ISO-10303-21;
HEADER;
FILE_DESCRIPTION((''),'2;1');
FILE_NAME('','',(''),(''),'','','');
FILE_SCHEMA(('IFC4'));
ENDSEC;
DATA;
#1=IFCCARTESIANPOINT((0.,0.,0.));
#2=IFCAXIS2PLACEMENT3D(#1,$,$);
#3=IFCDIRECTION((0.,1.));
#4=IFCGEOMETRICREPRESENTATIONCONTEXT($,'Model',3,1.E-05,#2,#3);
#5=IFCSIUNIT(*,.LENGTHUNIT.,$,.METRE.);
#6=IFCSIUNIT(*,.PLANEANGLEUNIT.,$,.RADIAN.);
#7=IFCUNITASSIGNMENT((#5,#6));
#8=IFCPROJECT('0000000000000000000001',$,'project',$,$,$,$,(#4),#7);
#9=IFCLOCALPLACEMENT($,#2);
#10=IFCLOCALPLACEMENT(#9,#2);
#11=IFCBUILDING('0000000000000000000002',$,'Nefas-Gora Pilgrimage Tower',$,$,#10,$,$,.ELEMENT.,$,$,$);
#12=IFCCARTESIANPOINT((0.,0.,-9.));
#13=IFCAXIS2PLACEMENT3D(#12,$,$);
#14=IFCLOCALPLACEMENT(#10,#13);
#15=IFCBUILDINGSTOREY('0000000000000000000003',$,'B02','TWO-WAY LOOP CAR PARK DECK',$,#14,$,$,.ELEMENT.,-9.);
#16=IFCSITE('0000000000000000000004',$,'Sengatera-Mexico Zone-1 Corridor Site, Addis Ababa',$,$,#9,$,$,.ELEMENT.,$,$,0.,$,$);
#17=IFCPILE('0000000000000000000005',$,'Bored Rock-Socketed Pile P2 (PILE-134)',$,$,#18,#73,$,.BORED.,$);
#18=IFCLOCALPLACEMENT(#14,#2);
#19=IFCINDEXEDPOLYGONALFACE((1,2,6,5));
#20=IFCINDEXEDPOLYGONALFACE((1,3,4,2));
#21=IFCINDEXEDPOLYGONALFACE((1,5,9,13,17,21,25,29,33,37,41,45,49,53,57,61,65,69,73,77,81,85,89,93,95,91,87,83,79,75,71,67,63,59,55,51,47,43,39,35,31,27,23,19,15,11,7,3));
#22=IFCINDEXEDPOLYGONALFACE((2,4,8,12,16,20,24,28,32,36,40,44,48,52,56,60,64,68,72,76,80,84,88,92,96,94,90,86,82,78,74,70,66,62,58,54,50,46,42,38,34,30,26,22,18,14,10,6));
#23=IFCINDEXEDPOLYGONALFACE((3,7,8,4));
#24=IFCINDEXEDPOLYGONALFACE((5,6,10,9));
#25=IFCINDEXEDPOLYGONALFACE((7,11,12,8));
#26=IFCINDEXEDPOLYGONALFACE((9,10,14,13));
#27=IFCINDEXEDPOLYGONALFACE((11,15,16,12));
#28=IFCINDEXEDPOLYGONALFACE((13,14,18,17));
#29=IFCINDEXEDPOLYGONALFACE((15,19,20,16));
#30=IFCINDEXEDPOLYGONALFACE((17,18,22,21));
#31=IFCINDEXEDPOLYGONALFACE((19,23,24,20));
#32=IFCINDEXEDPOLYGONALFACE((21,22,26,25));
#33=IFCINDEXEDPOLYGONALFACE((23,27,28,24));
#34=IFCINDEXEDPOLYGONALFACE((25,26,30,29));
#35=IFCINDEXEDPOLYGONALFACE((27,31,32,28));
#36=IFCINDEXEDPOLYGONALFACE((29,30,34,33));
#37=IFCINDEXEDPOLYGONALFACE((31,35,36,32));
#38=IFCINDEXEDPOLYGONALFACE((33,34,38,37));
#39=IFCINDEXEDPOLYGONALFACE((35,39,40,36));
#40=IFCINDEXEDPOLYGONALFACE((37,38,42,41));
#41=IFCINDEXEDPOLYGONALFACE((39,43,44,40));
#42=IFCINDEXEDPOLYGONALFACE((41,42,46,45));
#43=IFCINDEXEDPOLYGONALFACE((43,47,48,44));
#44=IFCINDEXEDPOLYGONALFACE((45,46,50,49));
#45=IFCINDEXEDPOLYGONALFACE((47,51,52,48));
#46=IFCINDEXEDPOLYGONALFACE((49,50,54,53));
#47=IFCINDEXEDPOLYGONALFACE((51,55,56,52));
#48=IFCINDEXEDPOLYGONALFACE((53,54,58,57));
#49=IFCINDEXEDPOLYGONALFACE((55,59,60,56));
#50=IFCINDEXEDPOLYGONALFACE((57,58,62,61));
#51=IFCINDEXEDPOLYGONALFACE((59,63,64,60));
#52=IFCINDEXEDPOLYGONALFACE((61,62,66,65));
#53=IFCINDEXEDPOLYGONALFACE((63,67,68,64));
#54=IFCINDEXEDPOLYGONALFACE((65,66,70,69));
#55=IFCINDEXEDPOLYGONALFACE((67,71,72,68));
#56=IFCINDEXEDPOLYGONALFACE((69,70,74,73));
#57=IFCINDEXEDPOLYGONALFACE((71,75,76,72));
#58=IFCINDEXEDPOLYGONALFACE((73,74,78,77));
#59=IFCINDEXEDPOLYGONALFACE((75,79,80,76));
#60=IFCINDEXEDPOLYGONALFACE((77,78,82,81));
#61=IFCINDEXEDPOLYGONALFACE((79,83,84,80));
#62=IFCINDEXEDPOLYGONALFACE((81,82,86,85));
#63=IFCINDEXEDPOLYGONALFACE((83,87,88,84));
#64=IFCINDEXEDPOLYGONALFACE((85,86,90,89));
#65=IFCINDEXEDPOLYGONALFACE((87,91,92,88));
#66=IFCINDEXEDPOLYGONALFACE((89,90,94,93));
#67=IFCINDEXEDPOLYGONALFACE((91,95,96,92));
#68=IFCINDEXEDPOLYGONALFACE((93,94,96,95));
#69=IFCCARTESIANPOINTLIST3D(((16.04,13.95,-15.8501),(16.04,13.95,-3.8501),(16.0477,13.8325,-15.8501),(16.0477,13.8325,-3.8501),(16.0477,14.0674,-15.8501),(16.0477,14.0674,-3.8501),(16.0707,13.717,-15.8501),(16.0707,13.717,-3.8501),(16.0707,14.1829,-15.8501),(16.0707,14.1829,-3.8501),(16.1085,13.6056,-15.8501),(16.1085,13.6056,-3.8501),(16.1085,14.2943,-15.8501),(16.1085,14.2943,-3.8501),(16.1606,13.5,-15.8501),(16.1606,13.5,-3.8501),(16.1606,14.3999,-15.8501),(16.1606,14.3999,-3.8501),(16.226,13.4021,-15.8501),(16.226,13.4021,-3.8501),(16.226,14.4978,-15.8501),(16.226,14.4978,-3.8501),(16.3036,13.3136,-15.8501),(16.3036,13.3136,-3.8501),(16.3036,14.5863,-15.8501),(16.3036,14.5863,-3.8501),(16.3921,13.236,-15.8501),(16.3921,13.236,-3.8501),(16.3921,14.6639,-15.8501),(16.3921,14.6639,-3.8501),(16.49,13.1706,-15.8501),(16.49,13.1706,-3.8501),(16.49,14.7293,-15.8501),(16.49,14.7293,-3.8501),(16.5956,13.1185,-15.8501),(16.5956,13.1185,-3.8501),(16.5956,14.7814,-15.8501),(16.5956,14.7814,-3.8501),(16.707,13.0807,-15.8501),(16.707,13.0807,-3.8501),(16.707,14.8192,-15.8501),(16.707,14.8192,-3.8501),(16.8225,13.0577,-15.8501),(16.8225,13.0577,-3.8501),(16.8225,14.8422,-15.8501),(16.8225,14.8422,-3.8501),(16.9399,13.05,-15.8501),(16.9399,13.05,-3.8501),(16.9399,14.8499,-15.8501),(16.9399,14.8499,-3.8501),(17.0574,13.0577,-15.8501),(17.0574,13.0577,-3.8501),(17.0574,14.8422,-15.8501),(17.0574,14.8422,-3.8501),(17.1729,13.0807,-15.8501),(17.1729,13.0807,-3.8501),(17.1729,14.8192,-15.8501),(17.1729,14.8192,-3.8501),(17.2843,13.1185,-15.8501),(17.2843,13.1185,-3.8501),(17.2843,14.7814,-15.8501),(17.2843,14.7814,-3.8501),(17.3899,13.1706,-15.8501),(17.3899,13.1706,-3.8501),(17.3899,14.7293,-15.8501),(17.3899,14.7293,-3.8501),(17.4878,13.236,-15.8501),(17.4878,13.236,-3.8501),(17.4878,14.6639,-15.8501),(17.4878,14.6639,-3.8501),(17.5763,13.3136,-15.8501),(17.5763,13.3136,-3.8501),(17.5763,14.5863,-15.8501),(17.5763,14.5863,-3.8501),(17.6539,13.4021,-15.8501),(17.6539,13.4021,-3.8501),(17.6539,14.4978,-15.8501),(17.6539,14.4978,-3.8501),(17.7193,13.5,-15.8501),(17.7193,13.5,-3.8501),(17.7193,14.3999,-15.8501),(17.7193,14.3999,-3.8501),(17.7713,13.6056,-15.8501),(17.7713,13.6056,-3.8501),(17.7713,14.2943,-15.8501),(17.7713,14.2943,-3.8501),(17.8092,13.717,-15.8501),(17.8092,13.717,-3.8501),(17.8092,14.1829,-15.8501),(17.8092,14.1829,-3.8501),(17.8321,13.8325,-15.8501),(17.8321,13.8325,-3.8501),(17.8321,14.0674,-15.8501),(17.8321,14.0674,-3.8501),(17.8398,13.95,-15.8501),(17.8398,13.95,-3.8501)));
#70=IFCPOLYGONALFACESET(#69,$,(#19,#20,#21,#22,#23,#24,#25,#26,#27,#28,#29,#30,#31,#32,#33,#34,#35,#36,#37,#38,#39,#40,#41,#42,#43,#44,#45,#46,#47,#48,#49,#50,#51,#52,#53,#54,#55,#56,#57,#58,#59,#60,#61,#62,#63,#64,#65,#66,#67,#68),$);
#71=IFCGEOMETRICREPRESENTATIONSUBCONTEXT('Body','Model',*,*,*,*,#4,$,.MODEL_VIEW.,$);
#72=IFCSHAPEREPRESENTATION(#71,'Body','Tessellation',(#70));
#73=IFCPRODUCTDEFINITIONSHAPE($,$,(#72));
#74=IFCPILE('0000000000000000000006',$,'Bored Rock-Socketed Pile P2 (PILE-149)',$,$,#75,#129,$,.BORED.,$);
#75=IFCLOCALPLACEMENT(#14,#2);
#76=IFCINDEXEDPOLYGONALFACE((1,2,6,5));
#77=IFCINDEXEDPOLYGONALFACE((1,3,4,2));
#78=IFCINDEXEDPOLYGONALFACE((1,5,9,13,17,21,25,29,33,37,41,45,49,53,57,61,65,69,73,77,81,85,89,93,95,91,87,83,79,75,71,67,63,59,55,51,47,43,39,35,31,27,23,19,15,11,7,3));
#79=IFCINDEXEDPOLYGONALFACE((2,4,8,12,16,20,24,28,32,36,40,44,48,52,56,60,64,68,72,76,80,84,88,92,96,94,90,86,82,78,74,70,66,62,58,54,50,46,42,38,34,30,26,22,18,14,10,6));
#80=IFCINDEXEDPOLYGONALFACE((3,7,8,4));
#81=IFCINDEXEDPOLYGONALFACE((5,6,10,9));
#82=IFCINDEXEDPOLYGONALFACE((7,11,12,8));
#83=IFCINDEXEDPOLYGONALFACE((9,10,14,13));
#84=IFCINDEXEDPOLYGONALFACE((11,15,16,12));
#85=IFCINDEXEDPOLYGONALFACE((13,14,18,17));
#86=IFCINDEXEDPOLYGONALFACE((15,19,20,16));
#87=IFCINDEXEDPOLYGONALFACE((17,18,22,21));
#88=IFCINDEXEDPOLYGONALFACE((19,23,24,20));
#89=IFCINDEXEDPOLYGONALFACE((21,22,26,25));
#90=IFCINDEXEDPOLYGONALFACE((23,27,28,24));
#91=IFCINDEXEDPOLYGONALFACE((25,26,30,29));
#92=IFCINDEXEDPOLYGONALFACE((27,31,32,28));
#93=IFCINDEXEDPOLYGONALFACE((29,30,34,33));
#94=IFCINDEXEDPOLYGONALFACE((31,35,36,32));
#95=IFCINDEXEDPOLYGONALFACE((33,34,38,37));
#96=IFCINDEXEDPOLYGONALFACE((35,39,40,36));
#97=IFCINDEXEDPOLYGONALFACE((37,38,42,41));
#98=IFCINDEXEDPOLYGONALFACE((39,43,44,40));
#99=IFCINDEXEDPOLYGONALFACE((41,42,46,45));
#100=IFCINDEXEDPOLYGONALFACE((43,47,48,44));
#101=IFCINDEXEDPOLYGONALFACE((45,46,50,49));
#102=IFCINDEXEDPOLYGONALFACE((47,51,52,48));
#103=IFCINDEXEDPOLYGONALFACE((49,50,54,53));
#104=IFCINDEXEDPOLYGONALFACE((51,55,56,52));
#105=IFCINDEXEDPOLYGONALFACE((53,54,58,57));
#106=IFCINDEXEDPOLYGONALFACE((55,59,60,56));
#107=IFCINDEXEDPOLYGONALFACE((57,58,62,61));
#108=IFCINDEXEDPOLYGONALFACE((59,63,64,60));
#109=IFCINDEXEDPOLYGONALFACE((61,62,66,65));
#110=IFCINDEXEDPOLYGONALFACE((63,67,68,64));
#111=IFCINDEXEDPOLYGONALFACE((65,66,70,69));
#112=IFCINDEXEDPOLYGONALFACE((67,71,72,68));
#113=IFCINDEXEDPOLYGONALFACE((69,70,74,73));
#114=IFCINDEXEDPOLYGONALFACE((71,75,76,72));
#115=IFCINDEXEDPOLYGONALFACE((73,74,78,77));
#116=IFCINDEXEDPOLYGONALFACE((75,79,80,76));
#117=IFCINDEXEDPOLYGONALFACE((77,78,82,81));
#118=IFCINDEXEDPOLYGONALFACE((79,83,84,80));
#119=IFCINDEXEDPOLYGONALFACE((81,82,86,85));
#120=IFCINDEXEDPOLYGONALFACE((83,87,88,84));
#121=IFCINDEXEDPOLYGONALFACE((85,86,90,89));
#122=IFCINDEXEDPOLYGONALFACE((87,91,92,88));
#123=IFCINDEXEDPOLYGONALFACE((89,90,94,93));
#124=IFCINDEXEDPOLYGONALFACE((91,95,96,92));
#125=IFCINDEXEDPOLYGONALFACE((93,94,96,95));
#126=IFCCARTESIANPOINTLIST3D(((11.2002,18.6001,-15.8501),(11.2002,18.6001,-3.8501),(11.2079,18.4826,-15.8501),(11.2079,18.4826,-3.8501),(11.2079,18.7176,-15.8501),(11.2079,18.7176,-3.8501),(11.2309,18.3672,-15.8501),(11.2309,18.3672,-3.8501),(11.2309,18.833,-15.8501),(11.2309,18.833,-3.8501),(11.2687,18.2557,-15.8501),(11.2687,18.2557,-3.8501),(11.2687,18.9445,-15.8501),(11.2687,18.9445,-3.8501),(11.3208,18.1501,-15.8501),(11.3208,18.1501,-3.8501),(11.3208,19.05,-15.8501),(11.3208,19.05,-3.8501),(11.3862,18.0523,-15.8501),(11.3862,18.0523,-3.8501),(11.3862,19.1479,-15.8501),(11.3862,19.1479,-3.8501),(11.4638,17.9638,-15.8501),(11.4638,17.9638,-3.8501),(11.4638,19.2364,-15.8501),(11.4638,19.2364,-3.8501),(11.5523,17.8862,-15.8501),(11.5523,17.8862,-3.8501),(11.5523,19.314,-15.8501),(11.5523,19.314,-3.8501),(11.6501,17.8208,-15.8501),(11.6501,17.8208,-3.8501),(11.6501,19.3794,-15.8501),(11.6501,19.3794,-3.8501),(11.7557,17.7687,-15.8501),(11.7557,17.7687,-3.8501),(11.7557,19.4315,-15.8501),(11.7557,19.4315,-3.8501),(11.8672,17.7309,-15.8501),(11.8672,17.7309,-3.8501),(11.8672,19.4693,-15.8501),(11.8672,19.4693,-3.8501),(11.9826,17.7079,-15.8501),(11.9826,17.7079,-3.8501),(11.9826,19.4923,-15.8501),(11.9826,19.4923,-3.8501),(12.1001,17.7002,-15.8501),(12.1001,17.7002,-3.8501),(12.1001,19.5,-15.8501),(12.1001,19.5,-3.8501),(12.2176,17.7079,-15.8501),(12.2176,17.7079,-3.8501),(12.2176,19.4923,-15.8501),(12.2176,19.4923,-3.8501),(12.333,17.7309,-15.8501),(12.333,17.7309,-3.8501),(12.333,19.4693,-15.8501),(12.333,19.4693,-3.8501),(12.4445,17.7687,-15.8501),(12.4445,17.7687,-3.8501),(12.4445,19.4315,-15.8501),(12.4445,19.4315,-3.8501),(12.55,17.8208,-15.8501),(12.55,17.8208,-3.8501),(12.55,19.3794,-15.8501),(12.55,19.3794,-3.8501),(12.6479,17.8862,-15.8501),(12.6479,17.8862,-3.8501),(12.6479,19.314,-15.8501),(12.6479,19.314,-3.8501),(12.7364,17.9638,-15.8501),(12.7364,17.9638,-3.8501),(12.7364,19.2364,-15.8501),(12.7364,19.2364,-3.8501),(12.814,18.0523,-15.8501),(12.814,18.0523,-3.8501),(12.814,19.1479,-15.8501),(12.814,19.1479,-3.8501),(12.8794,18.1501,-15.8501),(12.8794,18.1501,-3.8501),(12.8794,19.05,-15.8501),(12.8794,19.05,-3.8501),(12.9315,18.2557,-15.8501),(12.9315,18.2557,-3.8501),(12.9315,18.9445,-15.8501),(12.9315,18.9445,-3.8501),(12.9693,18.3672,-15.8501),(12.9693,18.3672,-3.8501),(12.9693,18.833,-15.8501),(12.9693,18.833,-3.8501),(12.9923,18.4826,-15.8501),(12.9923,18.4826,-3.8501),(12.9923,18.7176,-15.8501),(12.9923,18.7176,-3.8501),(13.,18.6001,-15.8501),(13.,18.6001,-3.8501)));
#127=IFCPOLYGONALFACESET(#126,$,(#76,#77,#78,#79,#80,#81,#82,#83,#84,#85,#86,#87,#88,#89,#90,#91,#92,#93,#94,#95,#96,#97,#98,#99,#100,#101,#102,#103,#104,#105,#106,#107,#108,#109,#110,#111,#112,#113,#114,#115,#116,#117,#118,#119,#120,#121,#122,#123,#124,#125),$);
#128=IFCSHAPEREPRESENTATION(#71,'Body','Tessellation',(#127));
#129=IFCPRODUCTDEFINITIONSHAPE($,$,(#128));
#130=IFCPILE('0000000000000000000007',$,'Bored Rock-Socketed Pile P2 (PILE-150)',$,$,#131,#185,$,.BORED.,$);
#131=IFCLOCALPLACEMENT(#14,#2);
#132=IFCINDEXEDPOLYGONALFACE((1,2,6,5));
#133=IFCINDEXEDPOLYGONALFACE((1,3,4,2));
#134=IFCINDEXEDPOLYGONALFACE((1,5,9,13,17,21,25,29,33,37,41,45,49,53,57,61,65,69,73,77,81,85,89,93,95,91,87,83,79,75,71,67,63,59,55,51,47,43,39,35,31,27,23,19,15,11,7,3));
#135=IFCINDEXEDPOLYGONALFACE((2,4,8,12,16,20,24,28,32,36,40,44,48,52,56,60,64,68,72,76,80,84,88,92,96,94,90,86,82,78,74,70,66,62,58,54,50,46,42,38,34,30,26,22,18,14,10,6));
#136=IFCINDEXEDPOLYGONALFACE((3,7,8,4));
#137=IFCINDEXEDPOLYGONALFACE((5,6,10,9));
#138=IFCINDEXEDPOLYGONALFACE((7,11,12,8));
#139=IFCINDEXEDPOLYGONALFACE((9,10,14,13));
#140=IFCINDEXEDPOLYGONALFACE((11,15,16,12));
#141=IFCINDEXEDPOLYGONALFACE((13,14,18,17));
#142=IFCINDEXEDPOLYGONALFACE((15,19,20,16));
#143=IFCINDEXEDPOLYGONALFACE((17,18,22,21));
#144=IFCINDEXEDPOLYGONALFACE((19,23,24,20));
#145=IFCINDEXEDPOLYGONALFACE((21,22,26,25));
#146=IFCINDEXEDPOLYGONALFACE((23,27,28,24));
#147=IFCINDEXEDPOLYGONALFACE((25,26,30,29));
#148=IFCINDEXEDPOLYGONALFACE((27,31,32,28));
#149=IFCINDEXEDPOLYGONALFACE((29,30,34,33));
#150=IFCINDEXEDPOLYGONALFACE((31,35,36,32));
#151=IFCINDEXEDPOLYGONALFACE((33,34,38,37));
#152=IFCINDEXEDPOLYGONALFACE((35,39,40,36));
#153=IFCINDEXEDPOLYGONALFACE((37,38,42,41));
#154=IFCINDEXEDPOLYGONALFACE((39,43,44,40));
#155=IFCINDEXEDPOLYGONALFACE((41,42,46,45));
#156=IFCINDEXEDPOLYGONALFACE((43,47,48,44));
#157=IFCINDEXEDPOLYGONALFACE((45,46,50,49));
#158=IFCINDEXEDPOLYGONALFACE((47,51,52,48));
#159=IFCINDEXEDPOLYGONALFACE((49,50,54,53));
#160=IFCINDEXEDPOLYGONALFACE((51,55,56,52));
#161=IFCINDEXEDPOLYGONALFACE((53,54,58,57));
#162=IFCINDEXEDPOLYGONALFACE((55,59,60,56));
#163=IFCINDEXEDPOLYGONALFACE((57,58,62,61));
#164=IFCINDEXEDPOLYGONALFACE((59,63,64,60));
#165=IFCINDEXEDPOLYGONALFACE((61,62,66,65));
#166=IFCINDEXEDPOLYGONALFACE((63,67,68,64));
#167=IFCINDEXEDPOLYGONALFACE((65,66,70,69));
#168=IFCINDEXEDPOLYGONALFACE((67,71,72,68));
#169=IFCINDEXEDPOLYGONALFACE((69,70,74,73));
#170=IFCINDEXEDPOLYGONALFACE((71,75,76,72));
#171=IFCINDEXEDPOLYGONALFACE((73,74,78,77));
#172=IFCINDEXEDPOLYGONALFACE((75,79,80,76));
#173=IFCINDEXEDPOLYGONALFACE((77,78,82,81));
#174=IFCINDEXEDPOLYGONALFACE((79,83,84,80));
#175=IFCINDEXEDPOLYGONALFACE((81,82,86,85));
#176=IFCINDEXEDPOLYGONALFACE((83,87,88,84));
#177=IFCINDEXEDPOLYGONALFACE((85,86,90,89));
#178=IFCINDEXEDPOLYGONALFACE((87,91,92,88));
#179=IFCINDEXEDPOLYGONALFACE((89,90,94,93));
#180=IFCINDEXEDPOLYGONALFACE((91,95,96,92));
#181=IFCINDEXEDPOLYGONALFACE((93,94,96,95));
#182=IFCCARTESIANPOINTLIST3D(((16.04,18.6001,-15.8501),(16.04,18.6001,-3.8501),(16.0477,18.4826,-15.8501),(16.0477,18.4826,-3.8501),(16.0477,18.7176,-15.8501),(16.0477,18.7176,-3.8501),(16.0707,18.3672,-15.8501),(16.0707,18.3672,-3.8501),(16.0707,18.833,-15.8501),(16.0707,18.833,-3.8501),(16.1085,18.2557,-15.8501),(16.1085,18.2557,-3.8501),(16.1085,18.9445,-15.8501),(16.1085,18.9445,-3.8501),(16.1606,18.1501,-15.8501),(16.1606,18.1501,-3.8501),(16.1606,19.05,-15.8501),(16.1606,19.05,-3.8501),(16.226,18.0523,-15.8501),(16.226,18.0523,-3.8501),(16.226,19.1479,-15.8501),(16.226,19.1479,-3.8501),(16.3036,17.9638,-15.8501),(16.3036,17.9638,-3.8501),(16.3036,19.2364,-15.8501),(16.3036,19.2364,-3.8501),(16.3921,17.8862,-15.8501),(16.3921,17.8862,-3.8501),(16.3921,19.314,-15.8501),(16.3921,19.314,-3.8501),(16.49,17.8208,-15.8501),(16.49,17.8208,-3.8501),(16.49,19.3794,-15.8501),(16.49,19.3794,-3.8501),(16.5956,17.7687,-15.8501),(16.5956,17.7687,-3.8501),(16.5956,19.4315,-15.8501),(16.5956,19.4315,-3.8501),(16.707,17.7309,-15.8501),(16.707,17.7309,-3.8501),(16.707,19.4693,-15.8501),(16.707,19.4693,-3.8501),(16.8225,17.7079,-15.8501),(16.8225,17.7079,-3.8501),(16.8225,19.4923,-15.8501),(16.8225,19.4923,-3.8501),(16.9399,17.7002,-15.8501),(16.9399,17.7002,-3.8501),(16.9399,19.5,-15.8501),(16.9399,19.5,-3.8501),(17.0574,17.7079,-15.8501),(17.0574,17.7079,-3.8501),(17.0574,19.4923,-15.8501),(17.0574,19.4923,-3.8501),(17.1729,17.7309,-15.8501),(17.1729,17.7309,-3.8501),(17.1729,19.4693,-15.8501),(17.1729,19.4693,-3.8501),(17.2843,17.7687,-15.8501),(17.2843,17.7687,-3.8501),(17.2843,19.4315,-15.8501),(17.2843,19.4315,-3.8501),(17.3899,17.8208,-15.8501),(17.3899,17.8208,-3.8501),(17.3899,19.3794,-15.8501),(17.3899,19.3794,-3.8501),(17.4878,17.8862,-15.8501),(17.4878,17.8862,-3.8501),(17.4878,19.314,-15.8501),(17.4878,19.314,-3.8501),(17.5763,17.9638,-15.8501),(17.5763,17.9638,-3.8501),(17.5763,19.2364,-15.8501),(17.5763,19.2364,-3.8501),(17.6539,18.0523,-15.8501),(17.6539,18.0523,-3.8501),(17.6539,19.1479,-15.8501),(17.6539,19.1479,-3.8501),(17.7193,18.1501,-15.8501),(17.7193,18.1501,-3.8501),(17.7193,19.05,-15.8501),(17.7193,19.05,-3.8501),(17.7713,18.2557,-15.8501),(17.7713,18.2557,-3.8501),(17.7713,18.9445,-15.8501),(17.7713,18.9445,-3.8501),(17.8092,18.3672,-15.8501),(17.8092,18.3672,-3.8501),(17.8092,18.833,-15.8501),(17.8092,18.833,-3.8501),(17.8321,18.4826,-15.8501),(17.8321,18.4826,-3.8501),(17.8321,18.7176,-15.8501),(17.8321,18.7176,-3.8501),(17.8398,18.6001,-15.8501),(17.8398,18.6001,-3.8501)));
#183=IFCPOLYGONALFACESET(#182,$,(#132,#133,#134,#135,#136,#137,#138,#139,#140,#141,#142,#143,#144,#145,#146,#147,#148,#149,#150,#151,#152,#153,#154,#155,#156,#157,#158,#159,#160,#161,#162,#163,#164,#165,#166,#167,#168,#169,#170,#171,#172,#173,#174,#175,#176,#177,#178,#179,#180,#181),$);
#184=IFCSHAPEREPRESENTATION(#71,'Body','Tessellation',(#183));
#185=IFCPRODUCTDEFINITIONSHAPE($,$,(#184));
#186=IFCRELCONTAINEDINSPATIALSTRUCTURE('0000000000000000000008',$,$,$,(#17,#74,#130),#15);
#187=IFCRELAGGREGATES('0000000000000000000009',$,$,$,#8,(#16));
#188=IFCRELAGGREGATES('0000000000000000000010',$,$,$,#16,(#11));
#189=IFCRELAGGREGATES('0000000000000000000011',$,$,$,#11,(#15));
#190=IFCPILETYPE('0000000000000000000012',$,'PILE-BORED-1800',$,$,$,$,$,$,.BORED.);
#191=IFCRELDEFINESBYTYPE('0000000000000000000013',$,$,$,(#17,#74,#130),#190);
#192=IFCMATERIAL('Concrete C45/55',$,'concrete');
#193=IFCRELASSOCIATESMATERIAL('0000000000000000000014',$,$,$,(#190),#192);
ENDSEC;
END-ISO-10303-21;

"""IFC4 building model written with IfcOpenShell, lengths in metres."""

from ifc_helpers import new_model, si_unit, direction, frame, origin, origin_2d, place, context, subcontext, project, spatial, circle, extrude, source, transform, mapped, material, material_profile, profile_set, type_object, element, save


model = new_model("IFC4")

# Units and contexts
model_context = context("Model", 3, precision=1e-05, world=origin(), true_north=direction((0.0, 1.0)))
body_context = subcontext(model_context, "Body", "Model", "MODEL_VIEW")
ifc_project = project(units=[si_unit("LENGTHUNIT", "METRE"), si_unit("PLANEANGLEUNIT", "RADIAN")], contexts=[model_context])

# Site, building, storey
site_placement = place(None, origin())
site = spatial("IfcSite", under=ifc_project, at=site_placement, Name="Sengatera-Mexico Zone-1 Corridor Site, Addis Ababa", CompositionType="ELEMENT", RefElevation=0.0)
building_placement = place(site_placement, origin())
building = spatial("IfcBuilding", under=site, at=building_placement, Name="Nefas-Gora Pilgrimage Tower", CompositionType="ELEMENT")
storey_placement = place(building_placement, frame((0.0, 0.0, -9.0)))
storey = spatial("IfcBuildingStorey", under=building, at=storey_placement, Name="B02", Description="TWO-WAY LOOP CAR PARK DECK", CompositionType="ELEMENT", Elevation=-9.0)

# Piles
ifc_material_1 = material(Name="Concrete C45/55", Category="concrete")
ifc_material_profile_1 = material_profile(ifc_material_1, circle(Radius=0.8999, at=origin_2d()), Name="PILE D1800")
ifc_profile_set_1 = profile_set([ifc_material_profile_1], Name="Concrete C45/55")
pile_type_1 = type_object("IfcPileType", Name="PILE-BORED-1800", PredefinedType="BORED", material=ifc_profile_set_1)
shared_shape_1 = source(origin(), body_context, "Body", "SweptSolid", [
    extrude(circle(Radius=0.8999, at=origin_2d()), origin(), (0.0, 0.0, 1.0), 12.0),
])
for number, where, z_axis, x_axis, name in (
    (1, (16.9399, 13.95, -3.8501), (0.0, 0.0, -1.0), (1.0, 0.0, 0.0), "Bored Rock-Socketed Pile P2 (PILE-134)"),
    (2, (12.1001, 18.6001, -3.8501), (0.0, 0.0, -1.0), (1.0, 0.0, 0.0), "Bored Rock-Socketed Pile P2 (PILE-149)"),
    (3, (16.9399, 18.6001, -3.8501), (0.0, 0.0, -1.0), (1.0, 0.0, 0.0), "Bored Rock-Socketed Pile P2 (PILE-150)"),
):
    element("IfcPile", number, at=place(storey_placement, frame(where, z_axis=z_axis, x_axis=x_axis)), inside=storey, type_object=pile_type_1, Name=name, PredefinedType="BORED", context=body_context, shape_type="MappedRepresentation", body=[
        mapped(shared_shape_1, transform((0.0, 0.0, 0.0), x_axis=(1.0, 0.0, 0.0), y_axis=(0.0, 1.0, 0.0), z_axis=(0.0, 0.0, 1.0), scale=1.0)),
    ])

save(model, "model.ifc")
